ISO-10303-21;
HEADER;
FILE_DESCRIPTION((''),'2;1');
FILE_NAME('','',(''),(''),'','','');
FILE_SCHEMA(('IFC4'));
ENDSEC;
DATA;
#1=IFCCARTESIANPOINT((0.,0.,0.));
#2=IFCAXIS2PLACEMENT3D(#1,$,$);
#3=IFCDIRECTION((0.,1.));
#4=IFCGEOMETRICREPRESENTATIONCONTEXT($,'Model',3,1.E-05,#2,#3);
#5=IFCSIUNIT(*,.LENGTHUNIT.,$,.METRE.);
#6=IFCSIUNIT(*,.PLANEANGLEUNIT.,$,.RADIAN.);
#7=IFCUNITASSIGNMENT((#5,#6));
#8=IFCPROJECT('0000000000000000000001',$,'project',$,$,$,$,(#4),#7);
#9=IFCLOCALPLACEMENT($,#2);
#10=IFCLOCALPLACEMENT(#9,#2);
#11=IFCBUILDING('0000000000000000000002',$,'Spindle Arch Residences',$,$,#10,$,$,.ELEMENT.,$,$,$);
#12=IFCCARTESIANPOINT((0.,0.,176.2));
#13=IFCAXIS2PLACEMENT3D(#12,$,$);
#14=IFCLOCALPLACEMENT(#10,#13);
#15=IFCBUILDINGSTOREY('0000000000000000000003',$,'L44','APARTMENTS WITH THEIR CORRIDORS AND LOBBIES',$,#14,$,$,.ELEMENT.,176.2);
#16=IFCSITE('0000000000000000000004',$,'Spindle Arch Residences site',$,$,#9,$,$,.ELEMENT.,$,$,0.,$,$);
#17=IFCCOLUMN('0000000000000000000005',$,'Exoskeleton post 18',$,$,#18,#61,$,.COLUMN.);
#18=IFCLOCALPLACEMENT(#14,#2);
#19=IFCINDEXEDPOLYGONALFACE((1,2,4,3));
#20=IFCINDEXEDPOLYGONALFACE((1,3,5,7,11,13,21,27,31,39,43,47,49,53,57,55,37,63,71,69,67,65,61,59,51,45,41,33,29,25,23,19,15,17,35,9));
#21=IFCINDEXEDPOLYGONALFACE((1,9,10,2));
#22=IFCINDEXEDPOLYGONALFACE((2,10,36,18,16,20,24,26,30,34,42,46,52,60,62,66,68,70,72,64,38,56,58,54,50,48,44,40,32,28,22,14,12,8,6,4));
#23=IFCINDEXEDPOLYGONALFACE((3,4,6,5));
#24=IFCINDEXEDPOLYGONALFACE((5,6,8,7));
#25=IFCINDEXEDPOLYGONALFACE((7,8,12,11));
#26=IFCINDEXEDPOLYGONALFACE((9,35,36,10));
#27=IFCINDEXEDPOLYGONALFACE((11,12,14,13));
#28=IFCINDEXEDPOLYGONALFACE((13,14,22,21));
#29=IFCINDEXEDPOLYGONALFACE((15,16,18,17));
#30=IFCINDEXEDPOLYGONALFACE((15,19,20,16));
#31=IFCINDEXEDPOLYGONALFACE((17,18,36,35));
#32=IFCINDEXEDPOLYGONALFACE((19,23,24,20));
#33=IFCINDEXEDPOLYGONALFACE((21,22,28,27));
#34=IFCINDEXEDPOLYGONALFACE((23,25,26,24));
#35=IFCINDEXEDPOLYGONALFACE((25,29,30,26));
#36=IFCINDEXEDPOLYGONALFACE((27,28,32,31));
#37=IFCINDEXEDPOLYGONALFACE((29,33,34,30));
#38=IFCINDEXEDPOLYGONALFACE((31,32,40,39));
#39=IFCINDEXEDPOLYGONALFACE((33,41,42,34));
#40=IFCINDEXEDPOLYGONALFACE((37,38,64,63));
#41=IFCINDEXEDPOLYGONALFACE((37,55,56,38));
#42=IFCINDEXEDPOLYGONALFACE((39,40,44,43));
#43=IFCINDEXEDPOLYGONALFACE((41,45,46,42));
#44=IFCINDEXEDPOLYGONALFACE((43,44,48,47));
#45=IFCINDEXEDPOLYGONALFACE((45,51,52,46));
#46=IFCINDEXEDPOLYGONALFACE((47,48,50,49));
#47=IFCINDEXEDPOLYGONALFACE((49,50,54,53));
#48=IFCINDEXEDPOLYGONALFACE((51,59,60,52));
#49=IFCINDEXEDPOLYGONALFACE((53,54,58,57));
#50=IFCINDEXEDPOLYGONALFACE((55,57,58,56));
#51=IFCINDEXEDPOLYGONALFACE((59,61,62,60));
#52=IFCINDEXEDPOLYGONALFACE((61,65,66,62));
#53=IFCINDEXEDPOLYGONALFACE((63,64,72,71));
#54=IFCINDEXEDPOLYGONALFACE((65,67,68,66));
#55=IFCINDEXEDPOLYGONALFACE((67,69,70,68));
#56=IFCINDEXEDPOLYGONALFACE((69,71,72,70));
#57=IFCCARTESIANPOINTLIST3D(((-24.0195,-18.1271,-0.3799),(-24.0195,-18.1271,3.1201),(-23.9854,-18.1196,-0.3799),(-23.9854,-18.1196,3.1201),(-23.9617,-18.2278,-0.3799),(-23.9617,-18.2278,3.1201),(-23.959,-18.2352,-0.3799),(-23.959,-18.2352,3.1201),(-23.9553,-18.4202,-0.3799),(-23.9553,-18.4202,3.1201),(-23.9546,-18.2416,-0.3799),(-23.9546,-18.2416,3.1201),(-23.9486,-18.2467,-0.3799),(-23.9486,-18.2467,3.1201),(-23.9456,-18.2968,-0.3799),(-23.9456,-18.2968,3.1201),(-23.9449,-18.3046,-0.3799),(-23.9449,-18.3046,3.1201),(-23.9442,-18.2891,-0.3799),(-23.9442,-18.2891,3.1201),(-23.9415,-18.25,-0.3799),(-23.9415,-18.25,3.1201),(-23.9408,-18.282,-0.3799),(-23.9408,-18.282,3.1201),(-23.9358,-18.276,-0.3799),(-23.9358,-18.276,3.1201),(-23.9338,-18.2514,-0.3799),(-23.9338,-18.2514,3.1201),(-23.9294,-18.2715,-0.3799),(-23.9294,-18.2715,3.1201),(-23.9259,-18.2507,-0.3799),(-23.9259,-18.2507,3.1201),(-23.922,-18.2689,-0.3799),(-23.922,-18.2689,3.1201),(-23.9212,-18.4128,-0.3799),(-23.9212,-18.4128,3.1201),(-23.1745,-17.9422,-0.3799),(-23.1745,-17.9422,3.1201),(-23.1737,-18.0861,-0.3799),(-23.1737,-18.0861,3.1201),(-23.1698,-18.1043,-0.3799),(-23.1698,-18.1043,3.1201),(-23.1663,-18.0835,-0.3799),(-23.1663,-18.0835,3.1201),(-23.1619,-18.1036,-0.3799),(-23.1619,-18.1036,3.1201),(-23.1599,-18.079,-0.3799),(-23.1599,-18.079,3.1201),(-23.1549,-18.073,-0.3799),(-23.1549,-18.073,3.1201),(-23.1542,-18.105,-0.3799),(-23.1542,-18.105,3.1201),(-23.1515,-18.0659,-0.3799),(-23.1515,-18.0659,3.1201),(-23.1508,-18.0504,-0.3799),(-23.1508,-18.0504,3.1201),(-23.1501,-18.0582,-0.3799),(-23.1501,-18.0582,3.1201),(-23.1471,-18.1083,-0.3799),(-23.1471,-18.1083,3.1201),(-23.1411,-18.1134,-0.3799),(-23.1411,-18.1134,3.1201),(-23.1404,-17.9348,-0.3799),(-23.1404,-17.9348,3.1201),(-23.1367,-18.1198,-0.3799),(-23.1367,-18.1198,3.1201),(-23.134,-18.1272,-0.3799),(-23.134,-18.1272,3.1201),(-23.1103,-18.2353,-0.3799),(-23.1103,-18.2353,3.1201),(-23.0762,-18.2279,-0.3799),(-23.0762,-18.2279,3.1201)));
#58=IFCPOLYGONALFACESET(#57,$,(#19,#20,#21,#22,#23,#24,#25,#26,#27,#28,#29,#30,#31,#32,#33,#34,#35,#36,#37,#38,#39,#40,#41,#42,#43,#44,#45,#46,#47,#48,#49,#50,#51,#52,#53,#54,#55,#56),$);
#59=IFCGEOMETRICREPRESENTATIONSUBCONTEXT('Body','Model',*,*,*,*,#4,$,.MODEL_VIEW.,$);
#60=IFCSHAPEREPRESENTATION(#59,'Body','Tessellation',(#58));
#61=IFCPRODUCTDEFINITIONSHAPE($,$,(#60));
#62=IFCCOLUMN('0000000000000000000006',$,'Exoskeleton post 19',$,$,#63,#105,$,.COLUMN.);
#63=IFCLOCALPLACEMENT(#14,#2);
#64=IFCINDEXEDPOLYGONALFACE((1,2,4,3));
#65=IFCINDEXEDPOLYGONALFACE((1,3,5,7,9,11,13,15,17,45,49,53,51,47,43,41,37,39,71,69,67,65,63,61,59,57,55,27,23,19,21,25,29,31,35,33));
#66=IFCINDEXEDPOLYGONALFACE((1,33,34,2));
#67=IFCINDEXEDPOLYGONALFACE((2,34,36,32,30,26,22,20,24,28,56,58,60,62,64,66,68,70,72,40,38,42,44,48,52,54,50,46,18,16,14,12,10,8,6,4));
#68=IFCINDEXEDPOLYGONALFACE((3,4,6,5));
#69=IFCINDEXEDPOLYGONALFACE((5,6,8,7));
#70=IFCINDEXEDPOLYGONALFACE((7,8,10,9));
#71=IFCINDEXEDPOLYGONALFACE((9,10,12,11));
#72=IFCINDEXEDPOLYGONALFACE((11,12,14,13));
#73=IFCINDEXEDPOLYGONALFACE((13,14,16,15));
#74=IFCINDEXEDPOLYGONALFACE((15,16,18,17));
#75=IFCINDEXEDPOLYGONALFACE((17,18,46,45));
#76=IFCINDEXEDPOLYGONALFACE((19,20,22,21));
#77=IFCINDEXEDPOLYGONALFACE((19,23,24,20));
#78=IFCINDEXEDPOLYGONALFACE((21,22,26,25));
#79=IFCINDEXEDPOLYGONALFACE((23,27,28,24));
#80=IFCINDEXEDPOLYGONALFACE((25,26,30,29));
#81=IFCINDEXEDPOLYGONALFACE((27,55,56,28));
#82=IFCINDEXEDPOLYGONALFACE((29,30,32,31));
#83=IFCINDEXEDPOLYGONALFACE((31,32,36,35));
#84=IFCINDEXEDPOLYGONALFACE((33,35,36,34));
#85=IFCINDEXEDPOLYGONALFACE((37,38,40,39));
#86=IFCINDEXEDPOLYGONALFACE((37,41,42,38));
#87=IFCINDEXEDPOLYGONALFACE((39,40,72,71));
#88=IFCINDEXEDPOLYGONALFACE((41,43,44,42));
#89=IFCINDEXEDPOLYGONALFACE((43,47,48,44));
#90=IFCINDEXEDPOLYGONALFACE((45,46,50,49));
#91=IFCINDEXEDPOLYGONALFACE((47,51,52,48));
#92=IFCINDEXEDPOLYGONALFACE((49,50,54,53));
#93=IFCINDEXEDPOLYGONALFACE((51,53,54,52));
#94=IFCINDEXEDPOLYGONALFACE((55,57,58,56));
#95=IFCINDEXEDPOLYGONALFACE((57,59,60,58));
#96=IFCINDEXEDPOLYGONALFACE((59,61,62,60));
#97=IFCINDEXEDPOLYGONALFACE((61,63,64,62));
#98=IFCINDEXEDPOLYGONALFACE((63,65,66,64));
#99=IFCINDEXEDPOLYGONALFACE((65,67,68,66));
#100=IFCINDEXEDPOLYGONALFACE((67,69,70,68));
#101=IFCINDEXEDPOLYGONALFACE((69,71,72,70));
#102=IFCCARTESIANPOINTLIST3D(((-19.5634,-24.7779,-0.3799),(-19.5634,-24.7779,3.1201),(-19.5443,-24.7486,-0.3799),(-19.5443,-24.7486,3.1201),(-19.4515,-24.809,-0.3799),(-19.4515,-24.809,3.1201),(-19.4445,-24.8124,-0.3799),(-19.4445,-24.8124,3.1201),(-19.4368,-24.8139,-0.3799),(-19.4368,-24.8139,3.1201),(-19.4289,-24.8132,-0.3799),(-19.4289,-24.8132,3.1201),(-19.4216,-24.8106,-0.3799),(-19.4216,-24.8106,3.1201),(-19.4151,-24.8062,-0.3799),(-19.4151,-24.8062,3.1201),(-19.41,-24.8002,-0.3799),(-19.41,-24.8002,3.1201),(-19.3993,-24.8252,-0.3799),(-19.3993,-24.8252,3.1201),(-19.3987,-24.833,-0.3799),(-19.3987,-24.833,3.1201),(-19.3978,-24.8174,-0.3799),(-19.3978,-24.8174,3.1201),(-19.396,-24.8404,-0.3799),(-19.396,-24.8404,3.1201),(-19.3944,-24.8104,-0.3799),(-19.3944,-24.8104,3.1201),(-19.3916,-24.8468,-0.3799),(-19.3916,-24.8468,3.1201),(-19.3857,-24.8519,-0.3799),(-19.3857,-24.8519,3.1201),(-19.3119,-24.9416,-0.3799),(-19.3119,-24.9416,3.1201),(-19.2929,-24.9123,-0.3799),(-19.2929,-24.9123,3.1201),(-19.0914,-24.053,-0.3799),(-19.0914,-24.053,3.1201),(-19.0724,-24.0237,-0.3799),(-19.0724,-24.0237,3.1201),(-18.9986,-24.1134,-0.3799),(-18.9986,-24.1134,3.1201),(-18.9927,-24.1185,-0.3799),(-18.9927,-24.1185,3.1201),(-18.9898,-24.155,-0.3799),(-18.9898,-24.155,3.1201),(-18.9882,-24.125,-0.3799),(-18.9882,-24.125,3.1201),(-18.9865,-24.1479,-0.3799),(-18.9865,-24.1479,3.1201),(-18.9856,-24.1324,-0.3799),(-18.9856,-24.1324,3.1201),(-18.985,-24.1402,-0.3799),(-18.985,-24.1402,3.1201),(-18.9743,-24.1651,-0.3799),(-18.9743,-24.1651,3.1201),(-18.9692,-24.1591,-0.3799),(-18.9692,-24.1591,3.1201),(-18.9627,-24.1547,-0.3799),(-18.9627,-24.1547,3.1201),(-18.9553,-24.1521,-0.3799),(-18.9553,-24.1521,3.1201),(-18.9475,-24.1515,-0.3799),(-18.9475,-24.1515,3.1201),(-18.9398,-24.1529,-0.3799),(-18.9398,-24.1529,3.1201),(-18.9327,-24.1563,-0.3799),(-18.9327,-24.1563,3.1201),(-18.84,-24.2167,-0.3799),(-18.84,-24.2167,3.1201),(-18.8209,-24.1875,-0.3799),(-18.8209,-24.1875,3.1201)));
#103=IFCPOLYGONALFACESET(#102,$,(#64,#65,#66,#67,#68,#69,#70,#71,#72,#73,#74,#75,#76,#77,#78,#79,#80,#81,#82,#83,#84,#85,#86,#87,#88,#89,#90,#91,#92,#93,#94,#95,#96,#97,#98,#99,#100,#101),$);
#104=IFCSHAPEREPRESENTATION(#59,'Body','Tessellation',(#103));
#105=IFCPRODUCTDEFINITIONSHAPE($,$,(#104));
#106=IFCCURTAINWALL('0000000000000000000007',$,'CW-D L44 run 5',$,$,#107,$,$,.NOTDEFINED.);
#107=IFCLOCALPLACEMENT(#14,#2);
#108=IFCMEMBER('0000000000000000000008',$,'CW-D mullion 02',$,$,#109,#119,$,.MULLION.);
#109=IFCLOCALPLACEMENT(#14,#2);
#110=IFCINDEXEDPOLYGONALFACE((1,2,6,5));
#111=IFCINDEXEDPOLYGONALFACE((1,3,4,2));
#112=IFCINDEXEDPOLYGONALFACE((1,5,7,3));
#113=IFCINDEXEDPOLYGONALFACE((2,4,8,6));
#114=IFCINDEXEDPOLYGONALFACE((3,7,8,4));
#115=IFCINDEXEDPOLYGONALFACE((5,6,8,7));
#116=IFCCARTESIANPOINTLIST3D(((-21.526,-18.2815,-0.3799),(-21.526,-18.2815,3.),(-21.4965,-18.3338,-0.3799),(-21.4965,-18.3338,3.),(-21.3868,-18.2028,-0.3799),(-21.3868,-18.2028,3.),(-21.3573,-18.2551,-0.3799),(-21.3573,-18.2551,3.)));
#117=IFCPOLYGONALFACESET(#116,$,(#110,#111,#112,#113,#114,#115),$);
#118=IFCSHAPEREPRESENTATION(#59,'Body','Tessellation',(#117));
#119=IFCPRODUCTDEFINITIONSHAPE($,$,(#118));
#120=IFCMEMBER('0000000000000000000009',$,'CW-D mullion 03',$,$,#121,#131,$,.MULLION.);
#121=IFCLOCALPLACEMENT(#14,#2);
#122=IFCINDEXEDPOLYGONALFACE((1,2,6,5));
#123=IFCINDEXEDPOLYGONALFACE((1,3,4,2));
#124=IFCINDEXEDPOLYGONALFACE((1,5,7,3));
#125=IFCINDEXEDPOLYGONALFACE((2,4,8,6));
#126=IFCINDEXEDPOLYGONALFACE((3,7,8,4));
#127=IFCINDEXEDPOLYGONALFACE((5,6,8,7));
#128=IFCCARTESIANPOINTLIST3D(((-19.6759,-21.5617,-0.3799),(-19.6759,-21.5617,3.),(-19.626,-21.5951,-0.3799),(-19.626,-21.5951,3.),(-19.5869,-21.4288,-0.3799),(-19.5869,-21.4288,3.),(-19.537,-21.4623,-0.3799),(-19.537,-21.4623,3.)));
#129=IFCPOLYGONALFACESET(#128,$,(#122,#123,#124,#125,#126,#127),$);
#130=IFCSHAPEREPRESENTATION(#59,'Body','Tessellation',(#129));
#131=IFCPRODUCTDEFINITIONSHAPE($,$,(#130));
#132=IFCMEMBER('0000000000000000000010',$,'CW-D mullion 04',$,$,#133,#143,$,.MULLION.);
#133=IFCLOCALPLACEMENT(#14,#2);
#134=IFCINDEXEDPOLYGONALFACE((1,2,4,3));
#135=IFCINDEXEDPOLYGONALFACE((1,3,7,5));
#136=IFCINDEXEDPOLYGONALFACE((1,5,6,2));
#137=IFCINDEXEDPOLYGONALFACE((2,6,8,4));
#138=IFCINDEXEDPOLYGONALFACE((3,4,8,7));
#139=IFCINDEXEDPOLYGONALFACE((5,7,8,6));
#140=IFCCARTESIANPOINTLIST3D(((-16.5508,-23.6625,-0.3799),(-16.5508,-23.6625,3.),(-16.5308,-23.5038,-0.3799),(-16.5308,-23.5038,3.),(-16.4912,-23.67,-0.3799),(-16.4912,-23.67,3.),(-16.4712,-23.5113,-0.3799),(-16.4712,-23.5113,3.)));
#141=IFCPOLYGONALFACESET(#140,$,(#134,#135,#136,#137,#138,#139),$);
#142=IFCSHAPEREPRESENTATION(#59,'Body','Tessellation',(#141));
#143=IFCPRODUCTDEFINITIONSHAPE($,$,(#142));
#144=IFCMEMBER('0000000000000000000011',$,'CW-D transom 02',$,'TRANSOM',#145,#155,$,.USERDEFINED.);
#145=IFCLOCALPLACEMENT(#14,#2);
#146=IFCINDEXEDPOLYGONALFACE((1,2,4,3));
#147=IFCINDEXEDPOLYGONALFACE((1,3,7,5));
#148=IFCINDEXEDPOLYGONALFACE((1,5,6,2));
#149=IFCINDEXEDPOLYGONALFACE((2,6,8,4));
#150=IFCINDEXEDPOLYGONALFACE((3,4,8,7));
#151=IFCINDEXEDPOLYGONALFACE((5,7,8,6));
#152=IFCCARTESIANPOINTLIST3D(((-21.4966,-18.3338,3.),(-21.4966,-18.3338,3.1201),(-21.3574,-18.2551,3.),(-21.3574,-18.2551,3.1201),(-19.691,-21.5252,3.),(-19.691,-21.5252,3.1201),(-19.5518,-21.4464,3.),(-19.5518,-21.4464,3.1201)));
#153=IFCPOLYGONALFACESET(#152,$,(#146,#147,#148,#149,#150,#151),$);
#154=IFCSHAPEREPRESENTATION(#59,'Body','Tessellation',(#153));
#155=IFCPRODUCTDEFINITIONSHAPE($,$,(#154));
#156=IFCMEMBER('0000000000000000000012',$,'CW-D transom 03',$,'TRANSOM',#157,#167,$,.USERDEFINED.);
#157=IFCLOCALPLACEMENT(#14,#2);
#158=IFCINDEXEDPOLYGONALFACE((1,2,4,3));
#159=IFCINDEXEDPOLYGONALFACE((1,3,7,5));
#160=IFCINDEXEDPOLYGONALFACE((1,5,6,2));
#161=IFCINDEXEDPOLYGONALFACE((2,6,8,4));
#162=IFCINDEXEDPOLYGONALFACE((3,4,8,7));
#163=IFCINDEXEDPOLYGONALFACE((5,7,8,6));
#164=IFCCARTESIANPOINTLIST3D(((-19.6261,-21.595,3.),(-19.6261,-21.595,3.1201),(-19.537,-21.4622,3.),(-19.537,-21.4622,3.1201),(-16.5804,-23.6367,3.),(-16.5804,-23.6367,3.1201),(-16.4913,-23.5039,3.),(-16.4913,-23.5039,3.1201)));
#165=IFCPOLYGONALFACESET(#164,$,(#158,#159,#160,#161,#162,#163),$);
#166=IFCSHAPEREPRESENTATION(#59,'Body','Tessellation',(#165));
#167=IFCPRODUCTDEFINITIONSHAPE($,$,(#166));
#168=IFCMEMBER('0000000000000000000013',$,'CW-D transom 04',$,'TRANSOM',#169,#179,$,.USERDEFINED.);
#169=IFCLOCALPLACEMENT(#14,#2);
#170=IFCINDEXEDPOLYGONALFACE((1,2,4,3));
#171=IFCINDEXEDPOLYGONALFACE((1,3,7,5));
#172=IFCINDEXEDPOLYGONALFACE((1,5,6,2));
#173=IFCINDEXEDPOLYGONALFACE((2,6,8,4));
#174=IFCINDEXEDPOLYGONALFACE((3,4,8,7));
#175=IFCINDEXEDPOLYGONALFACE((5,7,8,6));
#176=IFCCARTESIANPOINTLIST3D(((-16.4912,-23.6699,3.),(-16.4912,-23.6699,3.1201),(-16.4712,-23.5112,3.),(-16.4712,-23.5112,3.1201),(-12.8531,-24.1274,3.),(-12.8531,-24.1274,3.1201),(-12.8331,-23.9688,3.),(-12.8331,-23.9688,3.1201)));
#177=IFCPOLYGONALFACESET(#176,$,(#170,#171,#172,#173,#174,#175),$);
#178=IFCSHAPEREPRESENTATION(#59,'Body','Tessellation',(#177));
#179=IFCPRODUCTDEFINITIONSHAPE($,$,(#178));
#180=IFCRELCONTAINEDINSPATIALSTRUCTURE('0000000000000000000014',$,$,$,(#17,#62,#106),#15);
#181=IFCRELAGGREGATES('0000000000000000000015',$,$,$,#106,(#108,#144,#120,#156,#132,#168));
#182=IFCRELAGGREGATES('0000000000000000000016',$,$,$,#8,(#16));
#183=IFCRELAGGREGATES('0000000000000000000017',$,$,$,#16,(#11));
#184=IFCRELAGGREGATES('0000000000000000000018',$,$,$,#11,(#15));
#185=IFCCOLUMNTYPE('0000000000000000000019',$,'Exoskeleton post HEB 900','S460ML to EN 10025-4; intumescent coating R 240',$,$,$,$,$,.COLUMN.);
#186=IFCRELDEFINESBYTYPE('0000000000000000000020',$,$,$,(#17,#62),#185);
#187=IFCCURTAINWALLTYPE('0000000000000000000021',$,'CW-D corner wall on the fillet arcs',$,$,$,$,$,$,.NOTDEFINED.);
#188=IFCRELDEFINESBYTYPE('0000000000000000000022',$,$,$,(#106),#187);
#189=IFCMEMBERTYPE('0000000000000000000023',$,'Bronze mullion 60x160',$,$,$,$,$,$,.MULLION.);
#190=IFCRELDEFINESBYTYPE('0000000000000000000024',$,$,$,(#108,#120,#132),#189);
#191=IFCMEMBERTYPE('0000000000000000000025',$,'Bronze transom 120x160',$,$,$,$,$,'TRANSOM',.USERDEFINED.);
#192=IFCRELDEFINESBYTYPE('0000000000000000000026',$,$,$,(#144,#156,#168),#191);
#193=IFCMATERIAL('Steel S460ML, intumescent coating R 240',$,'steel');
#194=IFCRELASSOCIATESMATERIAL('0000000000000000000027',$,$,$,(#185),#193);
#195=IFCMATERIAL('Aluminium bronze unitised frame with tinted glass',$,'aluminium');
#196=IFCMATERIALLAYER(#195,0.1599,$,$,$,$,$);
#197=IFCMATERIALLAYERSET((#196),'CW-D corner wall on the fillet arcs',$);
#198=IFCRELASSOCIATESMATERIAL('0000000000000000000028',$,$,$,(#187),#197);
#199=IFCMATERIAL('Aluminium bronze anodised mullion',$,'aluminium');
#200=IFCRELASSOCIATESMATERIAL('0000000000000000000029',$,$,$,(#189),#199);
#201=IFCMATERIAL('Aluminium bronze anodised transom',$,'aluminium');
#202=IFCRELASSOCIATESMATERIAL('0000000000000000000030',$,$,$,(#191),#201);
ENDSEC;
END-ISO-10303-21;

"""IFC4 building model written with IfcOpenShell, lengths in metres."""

from ifc_helpers import new_model, si_unit, direction, frame, origin, origin_2d, place, context, subcontext, project, spatial, rectangle, i_section, extrude, material, layer, layer_set, material_profile, profile_set, type_object, element, aggregate, save


model = new_model("IFC4")

# Units and contexts
model_context = context("Model", 3, precision=1e-05, world=origin(), true_north=direction((0.0, 1.0)))
body_context = subcontext(model_context, "Body", "Model", "MODEL_VIEW")
ifc_project = project(units=[si_unit("LENGTHUNIT", "METRE"), si_unit("PLANEANGLEUNIT", "RADIAN")], contexts=[model_context])

# Site, building, storey
site_placement = place(None, origin())
site = spatial("IfcSite", under=ifc_project, at=site_placement, Name="Spindle Arch Residences site", CompositionType="ELEMENT", RefElevation=0.0)
building_placement = place(site_placement, origin())
building = spatial("IfcBuilding", under=site, at=building_placement, Name="Spindle Arch Residences", CompositionType="ELEMENT")
storey_placement = place(building_placement, frame((0.0, 0.0, 176.2)))
storey = spatial("IfcBuildingStorey", under=building, at=storey_placement, Name="L44", Description="APARTMENTS WITH THEIR CORRIDORS AND LOBBIES", CompositionType="ELEMENT", Elevation=176.2)

# Columns
ifc_material_1 = material(Name="Steel S460ML, intumescent coating R 240", Category="steel")
ifc_material_profile_1 = material_profile(ifc_material_1, i_section(OverallWidth=0.3, OverallDepth=0.8999, WebThickness=0.0186, FlangeThickness=0.0349, FilletRadius=0.03, at=origin_2d()), Name="HEB 900")
ifc_profile_set_1 = profile_set([ifc_material_profile_1], Name="Steel S460ML, intumescent coating R 240")
column_type = type_object("IfcColumnType", Name="Exoskeleton post HEB 900", Description="S460ML to EN 10025-4; intumescent coating R 240", PredefinedType="COLUMN", material=ifc_profile_set_1)
for number, where, z_axis, x_axis, name in (
    (1, (-23.5479, -18.1775, -0.3799), (0.0, 0.0, 1.0), (-0.213754, 0.976887, 0.0), "Exoskeleton post 18"),
    (2, (-19.1921, -24.4827, -0.3799), (0.0, 0.0, 1.0), (-0.838019, 0.545641, 0.0), "Exoskeleton post 19"),
):
    element("IfcColumn", number, at=place(storey_placement, frame(where, z_axis=z_axis, x_axis=x_axis)), inside=storey, type_object=column_type, Name=name, PredefinedType="COLUMN", context=body_context, shape_type="SweptSolid", body=[
        extrude(i_section(OverallWidth=0.3, OverallDepth=0.8999, WebThickness=0.0186, FlangeThickness=0.0349, FilletRadius=0.03, at=origin_2d()), origin(), (0.0, 0.0, 1.0), 3.5),
    ])

# Curtain wall, members
ifc_material_2 = material(Name="Aluminium bronze unitised frame with tinted glass", Category="aluminium")
ifc_layer_1 = layer(ifc_material_2, 0.1599)
ifc_layer_set_1 = layer_set([ifc_layer_1], Name="CW-D corner wall on the fillet arcs")
curtain_wall_type = type_object("IfcCurtainWallType", Name="CW-D corner wall on the fillet arcs", PredefinedType="NOTDEFINED", material=ifc_layer_set_1)
curtain_wall_placement = place(storey_placement, origin())
curtain_wall = element("IfcCurtainWall", 3, at=curtain_wall_placement, inside=storey, type_object=curtain_wall_type, Name="CW-D L44 run 5", PredefinedType="NOTDEFINED")
ifc_material_3 = material(Name="Aluminium bronze anodised mullion", Category="aluminium")
ifc_material_profile_2 = material_profile(ifc_material_3, rectangle(XDim=0.1599, YDim=0.0601, at=origin_2d()), Name="MU 60x160")
ifc_profile_set_2 = profile_set([ifc_material_profile_2], Name="Aluminium bronze anodised mullion")
member_type_1 = type_object("IfcMemberType", Name="Bronze mullion 60x160", PredefinedType="MULLION", material=ifc_profile_set_2)
member_1_placement = place(storey_placement, frame((-21.4417, -18.2683, -0.3799), z_axis=(0.0, 0.0, 1.0), x_axis=(0.870356, 0.492424, 0.0)))
member_1 = element("IfcMember", 4, at=member_1_placement, type_object=member_type_1, Name="CW-D mullion 02", PredefinedType="MULLION", context=body_context, shape_type="SweptSolid", body=[
    extrude(rectangle(XDim=0.1599, YDim=0.0601, at=origin_2d()), origin(), (0.0, 0.0, 1.0), 3.3799),
])
member_2_placement = place(storey_placement, frame((-19.6064, -21.512, -0.3799), z_axis=(0.0, 0.0, 1.0), x_axis=(0.556779, 0.830661, 0.0)))
member_2 = element("IfcMember", 5, at=member_2_placement, type_object=member_type_1, Name="CW-D mullion 03", PredefinedType="MULLION", context=body_context, shape_type="SweptSolid", body=[
    extrude(rectangle(XDim=0.1599, YDim=0.0601, at=origin_2d()), origin(), (0.0, 0.0, 1.0), 3.3799),
])
member_3_placement = place(storey_placement, frame((-16.511, -23.5869, -0.3799), z_axis=(0.0, 0.0, 1.0), x_axis=(0.124756, 0.992187, 0.0)))
member_3 = element("IfcMember", 6, at=member_3_placement, type_object=member_type_1, Name="CW-D mullion 04", PredefinedType="MULLION", context=body_context, shape_type="SweptSolid", body=[
    extrude(rectangle(XDim=0.1599, YDim=0.0601, at=origin_2d()), origin(), (0.0, 0.0, 1.0), 3.3799),
])
ifc_material_4 = material(Name="Aluminium bronze anodised transom", Category="aluminium")
ifc_material_profile_3 = material_profile(ifc_material_4, rectangle(XDim=0.1599, YDim=0.1201, at=origin_2d()), Name="TR 120x160")
ifc_profile_set_3 = profile_set([ifc_material_profile_3], Name="Aluminium bronze anodised transom")
member_type_2 = type_object("IfcMemberType", Name="Bronze transom 120x160", ElementType="TRANSOM", PredefinedType="USERDEFINED", material=ifc_profile_set_3)
member_4_placement = place(storey_placement, frame((-21.427, -18.2944, 3.0601), z_axis=(0.492435, -0.870349, 0.0), x_axis=(0.870349, 0.492435, 0.0)))
member_4 = element("IfcMember", 7, at=member_4_placement, type_object=member_type_2, Name="CW-D transom 02", ObjectType="TRANSOM", PredefinedType="USERDEFINED", context=body_context, shape_type="SweptSolid", body=[
    extrude(rectangle(XDim=0.1599, YDim=0.1201, at=origin_2d()), origin(), (0.0, 0.0, 1.0), 3.6667),
])
member_5_placement = place(storey_placement, frame((-19.5815, -21.5286, 3.0601), z_axis=(0.830624, -0.556834, 0.0), x_axis=(0.556834, 0.830624, 0.0)))
member_5 = element("IfcMember", 8, at=member_5_placement, type_object=member_type_2, Name="CW-D transom 03", ObjectType="TRANSOM", PredefinedType="USERDEFINED", context=body_context, shape_type="SweptSolid", body=[
    extrude(rectangle(XDim=0.1599, YDim=0.1201, at=origin_2d()), origin(), (0.0, 0.0, 1.0), 3.6667),
])
member_6_placement = place(storey_placement, frame((-16.4812, -23.5906, 3.0601), z_axis=(0.992185, -0.124772, 0.0), x_axis=(0.124772, 0.992185, 0.0)))
member_6 = element("IfcMember", 9, at=member_6_placement, type_object=member_type_2, Name="CW-D transom 04", ObjectType="TRANSOM", PredefinedType="USERDEFINED", context=body_context, shape_type="SweptSolid", body=[
    extrude(rectangle(XDim=0.1599, YDim=0.1201, at=origin_2d()), origin(), (0.0, 0.0, 1.0), 3.6667),
])

aggregate(curtain_wall, [member_1, member_4, member_2, member_5, member_3, member_6])

save(model, "model.ifc")
